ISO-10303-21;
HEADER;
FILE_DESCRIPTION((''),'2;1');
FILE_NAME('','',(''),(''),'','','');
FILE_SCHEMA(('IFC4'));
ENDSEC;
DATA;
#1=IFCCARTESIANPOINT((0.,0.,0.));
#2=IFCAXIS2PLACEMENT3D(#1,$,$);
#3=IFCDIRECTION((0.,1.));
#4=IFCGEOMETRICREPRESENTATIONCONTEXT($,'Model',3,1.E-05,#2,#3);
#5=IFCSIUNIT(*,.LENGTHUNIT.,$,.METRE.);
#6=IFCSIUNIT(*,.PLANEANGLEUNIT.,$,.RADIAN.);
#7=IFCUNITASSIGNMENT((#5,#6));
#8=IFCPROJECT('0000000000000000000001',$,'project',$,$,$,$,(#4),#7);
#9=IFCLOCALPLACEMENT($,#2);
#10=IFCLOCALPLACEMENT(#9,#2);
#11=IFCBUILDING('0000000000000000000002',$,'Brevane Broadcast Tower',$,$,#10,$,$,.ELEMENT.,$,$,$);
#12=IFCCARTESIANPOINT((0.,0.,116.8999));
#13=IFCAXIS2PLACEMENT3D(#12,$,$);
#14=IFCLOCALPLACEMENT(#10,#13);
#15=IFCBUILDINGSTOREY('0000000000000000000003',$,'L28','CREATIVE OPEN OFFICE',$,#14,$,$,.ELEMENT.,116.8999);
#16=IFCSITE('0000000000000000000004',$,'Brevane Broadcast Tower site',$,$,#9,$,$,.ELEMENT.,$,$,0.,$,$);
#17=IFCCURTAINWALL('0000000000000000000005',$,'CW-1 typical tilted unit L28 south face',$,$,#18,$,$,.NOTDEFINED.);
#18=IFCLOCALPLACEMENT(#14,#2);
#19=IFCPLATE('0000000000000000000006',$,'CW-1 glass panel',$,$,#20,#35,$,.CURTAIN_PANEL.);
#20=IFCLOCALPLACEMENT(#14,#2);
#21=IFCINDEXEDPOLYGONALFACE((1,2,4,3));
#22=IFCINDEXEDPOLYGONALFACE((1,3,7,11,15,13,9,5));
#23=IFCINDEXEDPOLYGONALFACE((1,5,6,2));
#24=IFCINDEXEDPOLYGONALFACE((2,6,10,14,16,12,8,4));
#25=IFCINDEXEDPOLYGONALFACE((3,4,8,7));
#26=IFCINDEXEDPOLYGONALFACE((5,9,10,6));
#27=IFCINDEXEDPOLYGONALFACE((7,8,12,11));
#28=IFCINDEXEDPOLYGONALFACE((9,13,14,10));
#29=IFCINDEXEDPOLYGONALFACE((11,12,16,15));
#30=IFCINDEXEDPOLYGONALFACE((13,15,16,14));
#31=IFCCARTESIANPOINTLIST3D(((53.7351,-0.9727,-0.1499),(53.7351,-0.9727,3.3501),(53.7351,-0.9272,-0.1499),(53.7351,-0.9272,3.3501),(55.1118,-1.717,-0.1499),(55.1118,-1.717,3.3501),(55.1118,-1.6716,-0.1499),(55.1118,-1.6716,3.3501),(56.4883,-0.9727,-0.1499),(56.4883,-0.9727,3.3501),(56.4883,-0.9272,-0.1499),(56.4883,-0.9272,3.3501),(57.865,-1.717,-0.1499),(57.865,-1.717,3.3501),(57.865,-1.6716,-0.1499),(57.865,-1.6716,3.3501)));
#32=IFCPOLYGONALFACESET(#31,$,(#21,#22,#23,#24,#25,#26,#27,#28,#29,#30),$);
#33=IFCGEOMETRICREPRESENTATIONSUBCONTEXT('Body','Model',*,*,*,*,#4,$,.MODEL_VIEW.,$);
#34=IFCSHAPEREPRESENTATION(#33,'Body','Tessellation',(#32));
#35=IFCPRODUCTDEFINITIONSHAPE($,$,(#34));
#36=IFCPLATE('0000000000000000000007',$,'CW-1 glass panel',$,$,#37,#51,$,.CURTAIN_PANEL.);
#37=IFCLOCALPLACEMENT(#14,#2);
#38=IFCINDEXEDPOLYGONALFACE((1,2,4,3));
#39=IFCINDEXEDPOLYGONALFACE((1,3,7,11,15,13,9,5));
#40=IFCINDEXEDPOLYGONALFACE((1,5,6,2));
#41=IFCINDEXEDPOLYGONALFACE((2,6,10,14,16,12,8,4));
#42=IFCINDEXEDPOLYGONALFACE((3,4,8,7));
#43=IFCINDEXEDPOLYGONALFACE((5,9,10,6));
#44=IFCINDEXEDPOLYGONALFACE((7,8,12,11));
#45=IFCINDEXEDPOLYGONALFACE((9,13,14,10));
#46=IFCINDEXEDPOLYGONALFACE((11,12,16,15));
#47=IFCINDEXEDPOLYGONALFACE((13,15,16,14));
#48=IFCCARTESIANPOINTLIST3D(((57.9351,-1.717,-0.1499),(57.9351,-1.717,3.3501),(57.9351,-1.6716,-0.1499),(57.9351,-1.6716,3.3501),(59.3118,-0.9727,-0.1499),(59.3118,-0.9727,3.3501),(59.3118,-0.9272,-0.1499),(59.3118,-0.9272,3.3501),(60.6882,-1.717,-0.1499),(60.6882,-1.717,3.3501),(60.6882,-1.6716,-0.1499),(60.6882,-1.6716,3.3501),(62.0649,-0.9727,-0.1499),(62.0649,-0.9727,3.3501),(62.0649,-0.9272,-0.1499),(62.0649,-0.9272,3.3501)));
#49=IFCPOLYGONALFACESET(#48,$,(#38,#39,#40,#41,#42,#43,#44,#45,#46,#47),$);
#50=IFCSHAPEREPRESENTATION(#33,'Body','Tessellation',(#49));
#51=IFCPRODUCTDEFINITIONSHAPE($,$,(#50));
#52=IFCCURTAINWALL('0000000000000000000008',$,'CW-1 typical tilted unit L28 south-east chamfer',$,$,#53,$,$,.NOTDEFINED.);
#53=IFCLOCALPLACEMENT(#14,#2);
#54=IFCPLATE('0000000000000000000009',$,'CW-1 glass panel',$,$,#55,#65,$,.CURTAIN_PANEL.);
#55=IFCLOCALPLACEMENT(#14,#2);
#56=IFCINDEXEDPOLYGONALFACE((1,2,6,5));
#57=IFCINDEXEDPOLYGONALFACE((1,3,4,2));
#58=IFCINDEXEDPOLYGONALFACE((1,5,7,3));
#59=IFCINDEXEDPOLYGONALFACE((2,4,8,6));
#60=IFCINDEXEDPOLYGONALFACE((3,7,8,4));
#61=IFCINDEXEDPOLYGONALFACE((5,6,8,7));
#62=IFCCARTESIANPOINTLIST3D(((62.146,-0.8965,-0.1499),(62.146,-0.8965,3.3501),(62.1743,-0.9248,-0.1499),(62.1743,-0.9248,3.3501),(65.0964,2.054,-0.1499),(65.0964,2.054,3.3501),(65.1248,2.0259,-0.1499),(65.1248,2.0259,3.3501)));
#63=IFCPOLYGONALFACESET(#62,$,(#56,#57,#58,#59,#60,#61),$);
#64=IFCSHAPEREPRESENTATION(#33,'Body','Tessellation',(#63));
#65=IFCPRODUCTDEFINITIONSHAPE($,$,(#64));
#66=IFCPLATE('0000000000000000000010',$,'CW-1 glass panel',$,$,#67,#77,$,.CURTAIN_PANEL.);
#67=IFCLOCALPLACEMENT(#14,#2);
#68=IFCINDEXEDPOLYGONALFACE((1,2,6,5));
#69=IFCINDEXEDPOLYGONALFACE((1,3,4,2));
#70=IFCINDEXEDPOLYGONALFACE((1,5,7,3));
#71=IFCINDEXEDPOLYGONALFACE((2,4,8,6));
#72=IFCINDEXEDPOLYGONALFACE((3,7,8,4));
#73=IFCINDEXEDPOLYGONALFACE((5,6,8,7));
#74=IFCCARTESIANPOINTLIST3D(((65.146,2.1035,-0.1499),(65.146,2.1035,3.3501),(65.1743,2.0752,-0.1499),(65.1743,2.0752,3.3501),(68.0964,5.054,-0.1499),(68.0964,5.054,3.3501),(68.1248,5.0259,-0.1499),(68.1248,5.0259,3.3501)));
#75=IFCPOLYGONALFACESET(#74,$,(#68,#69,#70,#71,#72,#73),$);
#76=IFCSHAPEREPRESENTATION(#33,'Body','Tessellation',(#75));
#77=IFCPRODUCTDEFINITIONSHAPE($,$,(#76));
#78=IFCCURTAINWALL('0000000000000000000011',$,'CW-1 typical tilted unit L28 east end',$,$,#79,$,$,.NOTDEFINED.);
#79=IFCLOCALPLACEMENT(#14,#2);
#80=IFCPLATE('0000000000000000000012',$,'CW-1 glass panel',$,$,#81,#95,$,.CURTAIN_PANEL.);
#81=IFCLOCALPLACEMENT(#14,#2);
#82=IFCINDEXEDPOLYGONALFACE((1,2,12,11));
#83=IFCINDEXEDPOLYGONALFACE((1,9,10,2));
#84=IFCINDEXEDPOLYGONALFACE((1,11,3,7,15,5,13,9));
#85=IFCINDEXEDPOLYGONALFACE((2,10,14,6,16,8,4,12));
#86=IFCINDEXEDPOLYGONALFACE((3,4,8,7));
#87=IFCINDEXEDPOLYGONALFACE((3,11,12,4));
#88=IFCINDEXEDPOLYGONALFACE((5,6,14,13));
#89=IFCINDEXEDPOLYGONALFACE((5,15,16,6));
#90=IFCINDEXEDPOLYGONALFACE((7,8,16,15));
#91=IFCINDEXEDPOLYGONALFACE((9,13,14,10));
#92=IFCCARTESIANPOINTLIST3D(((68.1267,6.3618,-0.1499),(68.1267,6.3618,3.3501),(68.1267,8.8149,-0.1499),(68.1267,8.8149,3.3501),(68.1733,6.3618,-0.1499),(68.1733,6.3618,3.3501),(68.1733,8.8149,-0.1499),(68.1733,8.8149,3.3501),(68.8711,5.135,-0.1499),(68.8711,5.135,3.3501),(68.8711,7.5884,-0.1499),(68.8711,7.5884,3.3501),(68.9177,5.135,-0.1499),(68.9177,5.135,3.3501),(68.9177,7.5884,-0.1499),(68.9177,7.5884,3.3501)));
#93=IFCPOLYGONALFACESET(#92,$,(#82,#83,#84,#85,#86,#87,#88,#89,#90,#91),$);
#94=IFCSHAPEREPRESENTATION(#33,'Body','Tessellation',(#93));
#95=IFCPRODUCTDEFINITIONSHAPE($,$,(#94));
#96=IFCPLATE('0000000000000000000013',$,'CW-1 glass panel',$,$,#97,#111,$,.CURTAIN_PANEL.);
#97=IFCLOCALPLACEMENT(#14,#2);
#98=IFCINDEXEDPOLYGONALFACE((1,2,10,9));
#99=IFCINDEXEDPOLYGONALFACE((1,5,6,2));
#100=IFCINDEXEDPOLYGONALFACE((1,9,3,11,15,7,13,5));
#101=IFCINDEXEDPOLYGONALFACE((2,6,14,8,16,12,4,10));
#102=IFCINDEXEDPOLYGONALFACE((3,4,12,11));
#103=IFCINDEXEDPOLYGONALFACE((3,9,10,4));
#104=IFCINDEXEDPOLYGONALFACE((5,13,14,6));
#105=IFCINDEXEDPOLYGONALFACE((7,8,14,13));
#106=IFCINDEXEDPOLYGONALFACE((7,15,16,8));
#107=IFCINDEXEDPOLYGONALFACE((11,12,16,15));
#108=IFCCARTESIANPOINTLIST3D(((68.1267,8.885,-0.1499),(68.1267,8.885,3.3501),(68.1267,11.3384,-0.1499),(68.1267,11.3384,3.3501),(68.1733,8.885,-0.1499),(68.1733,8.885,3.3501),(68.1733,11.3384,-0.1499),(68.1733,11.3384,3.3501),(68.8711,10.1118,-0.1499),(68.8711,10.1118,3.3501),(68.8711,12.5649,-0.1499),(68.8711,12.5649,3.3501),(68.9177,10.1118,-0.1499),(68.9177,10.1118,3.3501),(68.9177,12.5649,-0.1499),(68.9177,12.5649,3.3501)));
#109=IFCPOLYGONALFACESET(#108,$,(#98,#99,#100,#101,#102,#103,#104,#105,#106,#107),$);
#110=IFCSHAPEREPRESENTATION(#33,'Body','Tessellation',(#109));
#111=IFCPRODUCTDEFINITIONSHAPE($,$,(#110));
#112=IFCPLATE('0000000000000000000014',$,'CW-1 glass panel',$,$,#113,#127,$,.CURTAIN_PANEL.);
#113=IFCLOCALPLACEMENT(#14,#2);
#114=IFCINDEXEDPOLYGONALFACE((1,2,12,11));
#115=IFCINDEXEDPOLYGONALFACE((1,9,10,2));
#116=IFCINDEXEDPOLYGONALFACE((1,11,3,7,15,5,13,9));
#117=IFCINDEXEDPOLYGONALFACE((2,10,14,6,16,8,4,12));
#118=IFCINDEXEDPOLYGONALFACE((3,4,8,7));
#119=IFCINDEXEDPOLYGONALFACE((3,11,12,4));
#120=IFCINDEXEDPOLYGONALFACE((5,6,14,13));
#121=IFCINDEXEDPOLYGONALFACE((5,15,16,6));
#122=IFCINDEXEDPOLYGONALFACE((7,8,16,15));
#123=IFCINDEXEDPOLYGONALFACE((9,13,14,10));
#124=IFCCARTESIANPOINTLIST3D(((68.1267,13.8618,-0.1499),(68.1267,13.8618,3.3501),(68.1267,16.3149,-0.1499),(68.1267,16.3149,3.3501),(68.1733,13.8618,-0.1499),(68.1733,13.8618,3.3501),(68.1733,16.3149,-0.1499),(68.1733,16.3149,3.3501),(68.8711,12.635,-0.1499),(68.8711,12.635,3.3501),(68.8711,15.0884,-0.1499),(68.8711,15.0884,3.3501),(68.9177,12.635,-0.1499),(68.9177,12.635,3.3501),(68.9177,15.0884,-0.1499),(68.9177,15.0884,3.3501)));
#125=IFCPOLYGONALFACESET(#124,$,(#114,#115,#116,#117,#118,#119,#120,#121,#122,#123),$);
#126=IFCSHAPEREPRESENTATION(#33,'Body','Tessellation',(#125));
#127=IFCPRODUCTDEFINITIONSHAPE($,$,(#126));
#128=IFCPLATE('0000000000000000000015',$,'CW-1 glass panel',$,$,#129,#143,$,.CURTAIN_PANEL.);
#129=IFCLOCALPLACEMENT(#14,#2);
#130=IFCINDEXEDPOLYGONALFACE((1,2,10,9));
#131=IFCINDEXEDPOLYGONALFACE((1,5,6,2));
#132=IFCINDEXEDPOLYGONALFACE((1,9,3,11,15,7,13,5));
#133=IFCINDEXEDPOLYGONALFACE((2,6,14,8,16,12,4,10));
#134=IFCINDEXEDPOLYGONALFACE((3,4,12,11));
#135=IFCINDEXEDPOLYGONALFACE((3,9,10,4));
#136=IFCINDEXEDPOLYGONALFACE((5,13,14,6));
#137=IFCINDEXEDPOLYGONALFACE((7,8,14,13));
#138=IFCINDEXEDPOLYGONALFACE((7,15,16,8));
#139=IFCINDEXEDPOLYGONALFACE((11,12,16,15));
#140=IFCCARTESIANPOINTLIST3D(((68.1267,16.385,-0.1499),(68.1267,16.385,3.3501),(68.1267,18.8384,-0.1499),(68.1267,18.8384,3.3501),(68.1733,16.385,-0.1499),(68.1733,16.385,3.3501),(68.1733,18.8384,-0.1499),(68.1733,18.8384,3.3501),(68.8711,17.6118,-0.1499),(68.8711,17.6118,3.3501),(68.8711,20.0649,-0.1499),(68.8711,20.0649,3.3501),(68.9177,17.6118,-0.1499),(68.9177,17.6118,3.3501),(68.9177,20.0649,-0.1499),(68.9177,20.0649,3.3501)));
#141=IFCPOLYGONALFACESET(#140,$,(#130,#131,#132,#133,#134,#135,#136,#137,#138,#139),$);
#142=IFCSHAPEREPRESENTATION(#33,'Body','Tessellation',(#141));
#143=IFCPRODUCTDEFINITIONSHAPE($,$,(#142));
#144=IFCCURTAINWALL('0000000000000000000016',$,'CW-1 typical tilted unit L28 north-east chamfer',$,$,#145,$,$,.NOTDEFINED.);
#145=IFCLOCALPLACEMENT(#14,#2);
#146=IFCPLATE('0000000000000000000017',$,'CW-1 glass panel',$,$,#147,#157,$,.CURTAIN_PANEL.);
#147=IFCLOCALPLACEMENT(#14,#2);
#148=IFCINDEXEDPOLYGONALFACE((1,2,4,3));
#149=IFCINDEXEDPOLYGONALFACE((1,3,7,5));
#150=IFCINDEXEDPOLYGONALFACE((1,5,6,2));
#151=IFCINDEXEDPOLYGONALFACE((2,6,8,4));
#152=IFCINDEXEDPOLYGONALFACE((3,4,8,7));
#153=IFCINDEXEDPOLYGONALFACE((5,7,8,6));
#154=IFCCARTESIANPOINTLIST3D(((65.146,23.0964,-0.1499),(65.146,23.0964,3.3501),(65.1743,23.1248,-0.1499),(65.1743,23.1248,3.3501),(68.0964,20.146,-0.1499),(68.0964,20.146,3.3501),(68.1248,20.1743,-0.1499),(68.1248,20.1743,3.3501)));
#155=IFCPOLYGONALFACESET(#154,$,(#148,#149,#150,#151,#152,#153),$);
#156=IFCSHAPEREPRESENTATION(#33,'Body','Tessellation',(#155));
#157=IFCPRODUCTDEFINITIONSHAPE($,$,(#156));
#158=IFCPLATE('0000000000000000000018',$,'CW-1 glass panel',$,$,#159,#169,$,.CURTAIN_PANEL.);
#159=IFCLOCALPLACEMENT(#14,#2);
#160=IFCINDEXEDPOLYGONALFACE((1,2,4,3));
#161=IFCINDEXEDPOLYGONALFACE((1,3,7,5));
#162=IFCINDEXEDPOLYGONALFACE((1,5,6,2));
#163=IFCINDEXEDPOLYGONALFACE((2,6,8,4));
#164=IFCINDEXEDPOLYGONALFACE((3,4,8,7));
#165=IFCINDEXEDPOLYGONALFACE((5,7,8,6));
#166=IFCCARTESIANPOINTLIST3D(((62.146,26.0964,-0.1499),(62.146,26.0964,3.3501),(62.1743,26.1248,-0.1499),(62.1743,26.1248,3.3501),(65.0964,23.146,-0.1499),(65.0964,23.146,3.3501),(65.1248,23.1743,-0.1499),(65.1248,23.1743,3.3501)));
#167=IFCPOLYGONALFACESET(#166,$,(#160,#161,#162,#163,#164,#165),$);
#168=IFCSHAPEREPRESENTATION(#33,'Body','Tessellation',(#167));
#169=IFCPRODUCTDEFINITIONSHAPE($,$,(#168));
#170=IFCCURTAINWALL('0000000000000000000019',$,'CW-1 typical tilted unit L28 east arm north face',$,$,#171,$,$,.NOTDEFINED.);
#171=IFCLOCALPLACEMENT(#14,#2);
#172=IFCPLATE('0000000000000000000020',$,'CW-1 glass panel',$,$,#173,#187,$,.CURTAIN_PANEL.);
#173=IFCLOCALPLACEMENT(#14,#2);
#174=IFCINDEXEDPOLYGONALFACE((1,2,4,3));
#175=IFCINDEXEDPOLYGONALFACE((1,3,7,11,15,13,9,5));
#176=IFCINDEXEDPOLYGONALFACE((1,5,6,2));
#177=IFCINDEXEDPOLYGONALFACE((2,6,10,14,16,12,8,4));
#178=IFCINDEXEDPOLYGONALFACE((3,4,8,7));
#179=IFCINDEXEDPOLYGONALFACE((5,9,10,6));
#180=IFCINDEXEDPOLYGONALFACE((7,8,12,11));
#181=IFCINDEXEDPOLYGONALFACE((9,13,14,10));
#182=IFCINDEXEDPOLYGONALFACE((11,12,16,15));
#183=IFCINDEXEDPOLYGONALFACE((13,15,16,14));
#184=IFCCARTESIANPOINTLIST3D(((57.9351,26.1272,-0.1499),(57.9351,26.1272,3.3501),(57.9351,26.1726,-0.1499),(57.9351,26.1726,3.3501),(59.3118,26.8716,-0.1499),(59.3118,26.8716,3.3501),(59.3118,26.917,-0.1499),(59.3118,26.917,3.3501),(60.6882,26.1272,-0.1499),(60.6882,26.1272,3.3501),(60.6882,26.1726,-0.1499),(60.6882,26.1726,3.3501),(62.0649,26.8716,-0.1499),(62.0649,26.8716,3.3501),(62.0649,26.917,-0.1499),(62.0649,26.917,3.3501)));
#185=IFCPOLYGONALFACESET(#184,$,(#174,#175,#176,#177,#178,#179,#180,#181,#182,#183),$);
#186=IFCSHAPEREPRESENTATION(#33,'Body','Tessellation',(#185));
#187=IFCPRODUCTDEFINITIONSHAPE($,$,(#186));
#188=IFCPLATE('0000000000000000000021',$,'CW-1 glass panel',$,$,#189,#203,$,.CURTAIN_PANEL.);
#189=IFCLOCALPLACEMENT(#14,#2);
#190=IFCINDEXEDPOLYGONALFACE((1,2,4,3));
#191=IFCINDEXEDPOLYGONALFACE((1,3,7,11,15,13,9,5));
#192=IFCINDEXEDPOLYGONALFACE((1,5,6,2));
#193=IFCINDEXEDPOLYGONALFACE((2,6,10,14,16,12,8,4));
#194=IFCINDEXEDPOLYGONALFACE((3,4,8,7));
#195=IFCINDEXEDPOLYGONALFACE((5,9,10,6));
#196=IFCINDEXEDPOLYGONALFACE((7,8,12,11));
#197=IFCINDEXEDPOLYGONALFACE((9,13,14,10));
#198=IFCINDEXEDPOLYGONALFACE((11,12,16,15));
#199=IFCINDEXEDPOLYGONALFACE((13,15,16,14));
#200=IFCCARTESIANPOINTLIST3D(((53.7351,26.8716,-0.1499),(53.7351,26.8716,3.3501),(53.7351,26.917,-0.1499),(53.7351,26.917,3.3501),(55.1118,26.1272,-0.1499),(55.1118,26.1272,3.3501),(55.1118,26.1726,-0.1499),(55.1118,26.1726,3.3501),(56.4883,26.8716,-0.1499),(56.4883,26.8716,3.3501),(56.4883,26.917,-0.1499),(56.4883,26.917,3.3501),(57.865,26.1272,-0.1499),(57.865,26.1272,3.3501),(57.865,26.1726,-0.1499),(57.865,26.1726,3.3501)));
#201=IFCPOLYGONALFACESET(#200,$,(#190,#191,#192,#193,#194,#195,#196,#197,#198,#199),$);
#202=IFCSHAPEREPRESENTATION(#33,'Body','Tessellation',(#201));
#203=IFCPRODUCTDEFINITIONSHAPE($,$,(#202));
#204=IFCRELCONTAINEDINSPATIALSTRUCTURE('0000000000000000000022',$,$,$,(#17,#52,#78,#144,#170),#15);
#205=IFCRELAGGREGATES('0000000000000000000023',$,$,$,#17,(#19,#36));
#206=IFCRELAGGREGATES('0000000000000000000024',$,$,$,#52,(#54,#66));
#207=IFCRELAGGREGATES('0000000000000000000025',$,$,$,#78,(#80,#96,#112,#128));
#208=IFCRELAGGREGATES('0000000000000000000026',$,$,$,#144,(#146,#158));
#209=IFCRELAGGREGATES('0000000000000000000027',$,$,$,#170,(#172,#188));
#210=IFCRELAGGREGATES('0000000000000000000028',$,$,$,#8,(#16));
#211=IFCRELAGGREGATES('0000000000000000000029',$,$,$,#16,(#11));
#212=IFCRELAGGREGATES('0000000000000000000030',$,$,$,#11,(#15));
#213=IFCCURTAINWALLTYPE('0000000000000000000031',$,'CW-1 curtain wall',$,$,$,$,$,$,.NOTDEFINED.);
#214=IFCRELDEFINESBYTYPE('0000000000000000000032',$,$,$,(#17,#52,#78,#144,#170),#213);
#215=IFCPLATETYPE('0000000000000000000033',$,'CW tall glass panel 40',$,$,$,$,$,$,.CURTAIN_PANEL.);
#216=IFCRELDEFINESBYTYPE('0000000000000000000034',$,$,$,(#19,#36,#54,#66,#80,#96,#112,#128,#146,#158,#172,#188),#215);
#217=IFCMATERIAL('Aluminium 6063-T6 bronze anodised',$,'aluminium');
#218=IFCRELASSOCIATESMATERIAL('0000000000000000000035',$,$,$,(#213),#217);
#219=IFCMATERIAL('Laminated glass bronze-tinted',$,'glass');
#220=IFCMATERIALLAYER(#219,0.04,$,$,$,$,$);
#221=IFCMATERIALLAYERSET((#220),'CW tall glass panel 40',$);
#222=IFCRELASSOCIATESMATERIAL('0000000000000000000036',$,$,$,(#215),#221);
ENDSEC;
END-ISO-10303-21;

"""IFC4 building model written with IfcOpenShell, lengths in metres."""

from ifc_helpers import new_model, si_unit, direction, frame, origin, place, context, subcontext, project, spatial, polyline, outline, extrude, material, layer, layer_set, type_object, element, aggregate, save


model = new_model("IFC4")

# Units and contexts
model_context = context("Model", 3, precision=1e-05, world=origin(), true_north=direction((0.0, 1.0)))
body_context = subcontext(model_context, "Body", "Model", "MODEL_VIEW")
ifc_project = project(units=[si_unit("LENGTHUNIT", "METRE"), si_unit("PLANEANGLEUNIT", "RADIAN")], contexts=[model_context])

# Site, building, storey
site_placement = place(None, origin())
site = spatial("IfcSite", under=ifc_project, at=site_placement, Name="Brevane Broadcast Tower site", CompositionType="ELEMENT", RefElevation=0.0)
building_placement = place(site_placement, origin())
building = spatial("IfcBuilding", under=site, at=building_placement, Name="Brevane Broadcast Tower", CompositionType="ELEMENT")
storey_placement = place(building_placement, frame((0.0, 0.0, 116.8999)))
storey = spatial("IfcBuildingStorey", under=building, at=storey_placement, Name="L28", Description="CREATIVE OPEN OFFICE", CompositionType="ELEMENT", Elevation=116.8999)

# Curtain walls, plates
ifc_material_1 = material(Name="Aluminium 6063-T6 bronze anodised", Category="aluminium")
curtain_wall_type = type_object("IfcCurtainWallType", Name="CW-1 curtain wall", PredefinedType="NOTDEFINED", material=ifc_material_1)
curtain_wall_1_placement = place(storey_placement, origin())
curtain_wall_1 = element("IfcCurtainWall", 1, at=curtain_wall_1_placement, inside=storey, type_object=curtain_wall_type, Name="CW-1 typical tilted unit L28 south face", PredefinedType="NOTDEFINED")
ifc_material_2 = material(Name="Laminated glass bronze-tinted", Category="glass")
ifc_layer = layer(ifc_material_2, 0.04)
ifc_layer_set = layer_set([ifc_layer], Name="CW tall glass panel 40")
plate_type = type_object("IfcPlateType", Name="CW tall glass panel 40", PredefinedType="CURTAIN_PANEL", material=ifc_layer_set)
plate_1_placement = place(storey_placement, frame((0.0, 0.0, -0.1499)))
plate_1 = element("IfcPlate", 2, at=plate_1_placement, type_object=plate_type, Name="CW-1 glass panel", PredefinedType="CURTAIN_PANEL", context=body_context, shape_type="SweptSolid", body=[
    extrude(outline(polyline([(53.7351, -0.9272), (53.7351, -0.9727), (55.1118, -1.717), (56.4883, -0.9727), (57.865, -1.717), (57.865, -1.6716), (56.4883, -0.9272), (55.1118, -1.6716), (53.7351, -0.9272)])), origin(), (0.0, 0.0, 1.0), 3.5),
])
plate_2_placement = place(storey_placement, frame((0.0, 0.0, -0.1499)))
plate_2 = element("IfcPlate", 3, at=plate_2_placement, type_object=plate_type, Name="CW-1 glass panel", PredefinedType="CURTAIN_PANEL", context=body_context, shape_type="SweptSolid", body=[
    extrude(outline(polyline([(57.9351, -1.6716), (57.9351, -1.717), (59.3118, -0.9727), (60.6882, -1.717), (62.0649, -0.9727), (62.0649, -0.9272), (60.6882, -1.6716), (59.3118, -0.9272), (57.9351, -1.6716)])), origin(), (0.0, 0.0, 1.0), 3.5),
])
aggregate(curtain_wall_1, [plate_1, plate_2])
curtain_wall_2_placement = place(storey_placement, origin())
curtain_wall_2 = element("IfcCurtainWall", 4, at=curtain_wall_2_placement, inside=storey, type_object=curtain_wall_type, Name="CW-1 typical tilted unit L28 south-east chamfer", PredefinedType="NOTDEFINED")
plate_3_placement = place(storey_placement, frame((0.0, 0.0, -0.1499)))
plate_3 = element("IfcPlate", 5, at=plate_3_placement, type_object=plate_type, Name="CW-1 glass panel", PredefinedType="CURTAIN_PANEL", context=body_context, shape_type="SweptSolid", body=[
    extrude(outline(polyline([(62.146, -0.8965), (65.0964, 2.054), (65.1248, 2.0259), (62.1743, -0.9248), (62.146, -0.8965)])), origin(), (0.0, 0.0, 1.0), 3.5),
])
plate_4_placement = place(storey_placement, frame((0.0, 0.0, -0.1499)))
plate_4 = element("IfcPlate", 6, at=plate_4_placement, type_object=plate_type, Name="CW-1 glass panel", PredefinedType="CURTAIN_PANEL", context=body_context, shape_type="SweptSolid", body=[
    extrude(outline(polyline([(65.146, 2.1035), (68.0964, 5.054), (68.1248, 5.0259), (65.1743, 2.0752), (65.146, 2.1035)])), origin(), (0.0, 0.0, 1.0), 3.5),
])
aggregate(curtain_wall_2, [plate_3, plate_4])
curtain_wall_3_placement = place(storey_placement, origin())
curtain_wall_3 = element("IfcCurtainWall", 7, at=curtain_wall_3_placement, inside=storey, type_object=curtain_wall_type, Name="CW-1 typical tilted unit L28 east end", PredefinedType="NOTDEFINED")
plate_5_placement = place(storey_placement, frame((0.0, 0.0, -0.1499)))
plate_5 = element("IfcPlate", 8, at=plate_5_placement, type_object=plate_type, Name="CW-1 glass panel", PredefinedType="CURTAIN_PANEL", context=body_context, shape_type="SweptSolid", body=[
    extrude(outline(polyline([(68.8711, 5.135), (68.9177, 5.135), (68.1733, 6.3618), (68.9177, 7.5884), (68.1733, 8.8149), (68.1267, 8.8149), (68.8711, 7.5884), (68.1267, 6.3618), (68.8711, 5.135)])), origin(), (0.0, 0.0, 1.0), 3.5),
])
plate_6_placement = place(storey_placement, frame((0.0, 0.0, -0.1499)))
plate_6 = element("IfcPlate", 9, at=plate_6_placement, type_object=plate_type, Name="CW-1 glass panel", PredefinedType="CURTAIN_PANEL", context=body_context, shape_type="SweptSolid", body=[
    extrude(outline(polyline([(68.1267, 8.885), (68.1733, 8.885), (68.9177, 10.1118), (68.1733, 11.3384), (68.9177, 12.5649), (68.8711, 12.5649), (68.1267, 11.3384), (68.8711, 10.1118), (68.1267, 8.885)])), origin(), (0.0, 0.0, 1.0), 3.5),
])
plate_7_placement = place(storey_placement, frame((0.0, 0.0, -0.1499)))
plate_7 = element("IfcPlate", 10, at=plate_7_placement, type_object=plate_type, Name="CW-1 glass panel", PredefinedType="CURTAIN_PANEL", context=body_context, shape_type="SweptSolid", body=[
    extrude(outline(polyline([(68.8711, 12.635), (68.9177, 12.635), (68.1733, 13.8618), (68.9177, 15.0884), (68.1733, 16.3149), (68.1267, 16.3149), (68.8711, 15.0884), (68.1267, 13.8618), (68.8711, 12.635)])), origin(), (0.0, 0.0, 1.0), 3.5),
])
plate_8_placement = place(storey_placement, frame((0.0, 0.0, -0.1499)))
plate_8 = element("IfcPlate", 11, at=plate_8_placement, type_object=plate_type, Name="CW-1 glass panel", PredefinedType="CURTAIN_PANEL", context=body_context, shape_type="SweptSolid", body=[
    extrude(outline(polyline([(68.1267, 16.385), (68.1733, 16.385), (68.9177, 17.6118), (68.1733, 18.8384), (68.9177, 20.0649), (68.8711, 20.0649), (68.1267, 18.8384), (68.8711, 17.6118), (68.1267, 16.385)])), origin(), (0.0, 0.0, 1.0), 3.5),
])
aggregate(curtain_wall_3, [plate_5, plate_6, plate_7, plate_8])
curtain_wall_4_placement = place(storey_placement, origin())
curtain_wall_4 = element("IfcCurtainWall", 12, at=curtain_wall_4_placement, inside=storey, type_object=curtain_wall_type, Name="CW-1 typical tilted unit L28 north-east chamfer", PredefinedType="NOTDEFINED")
plate_9_placement = place(storey_placement, frame((0.0, 0.0, -0.1499)))
plate_9 = element("IfcPlate", 13, at=plate_9_placement, type_object=plate_type, Name="CW-1 glass panel", PredefinedType="CURTAIN_PANEL", context=body_context, shape_type="SweptSolid", body=[
    extrude(outline(polyline([(68.0964, 20.146), (65.146, 23.0964), (65.1743, 23.1248), (68.1248, 20.1743), (68.0964, 20.146)])), origin(), (0.0, 0.0, 1.0), 3.5),
])
plate_10_placement = place(storey_placement, frame((0.0, 0.0, -0.1499)))
plate_10 = element("IfcPlate", 14, at=plate_10_placement, type_object=plate_type, Name="CW-1 glass panel", PredefinedType="CURTAIN_PANEL", context=body_context, shape_type="SweptSolid", body=[
    extrude(outline(polyline([(65.0964, 23.146), (62.146, 26.0964), (62.1743, 26.1248), (65.1248, 23.1743), (65.0964, 23.146)])), origin(), (0.0, 0.0, 1.0), 3.5),
])
aggregate(curtain_wall_4, [plate_9, plate_10])
curtain_wall_5_placement = place(storey_placement, origin())
curtain_wall_5 = element("IfcCurtainWall", 15, at=curtain_wall_5_placement, inside=storey, type_object=curtain_wall_type, Name="CW-1 typical tilted unit L28 east arm north face", PredefinedType="NOTDEFINED")
plate_11_placement = place(storey_placement, frame((0.0, 0.0, -0.1499)))
plate_11 = element("IfcPlate", 16, at=plate_11_placement, type_object=plate_type, Name="CW-1 glass panel", PredefinedType="CURTAIN_PANEL", context=body_context, shape_type="SweptSolid", body=[
    extrude(outline(polyline([(62.0649, 26.8716), (62.0649, 26.917), (60.6882, 26.1726), (59.3118, 26.917), (57.9351, 26.1726), (57.9351, 26.1272), (59.3118, 26.8716), (60.6882, 26.1272), (62.0649, 26.8716)])), origin(), (0.0, 0.0, 1.0), 3.5),
])
plate_12_placement = place(storey_placement, frame((0.0, 0.0, -0.1499)))
plate_12 = element("IfcPlate", 17, at=plate_12_placement, type_object=plate_type, Name="CW-1 glass panel", PredefinedType="CURTAIN_PANEL", context=body_context, shape_type="SweptSolid", body=[
    extrude(outline(polyline([(57.865, 26.1272), (57.865, 26.1726), (56.4883, 26.917), (55.1118, 26.1726), (53.7351, 26.917), (53.7351, 26.8716), (55.1118, 26.1272), (56.4883, 26.8716), (57.865, 26.1272)])), origin(), (0.0, 0.0, 1.0), 3.5),
])
aggregate(curtain_wall_5, [plate_11, plate_12])

save(model, "model.ifc")
